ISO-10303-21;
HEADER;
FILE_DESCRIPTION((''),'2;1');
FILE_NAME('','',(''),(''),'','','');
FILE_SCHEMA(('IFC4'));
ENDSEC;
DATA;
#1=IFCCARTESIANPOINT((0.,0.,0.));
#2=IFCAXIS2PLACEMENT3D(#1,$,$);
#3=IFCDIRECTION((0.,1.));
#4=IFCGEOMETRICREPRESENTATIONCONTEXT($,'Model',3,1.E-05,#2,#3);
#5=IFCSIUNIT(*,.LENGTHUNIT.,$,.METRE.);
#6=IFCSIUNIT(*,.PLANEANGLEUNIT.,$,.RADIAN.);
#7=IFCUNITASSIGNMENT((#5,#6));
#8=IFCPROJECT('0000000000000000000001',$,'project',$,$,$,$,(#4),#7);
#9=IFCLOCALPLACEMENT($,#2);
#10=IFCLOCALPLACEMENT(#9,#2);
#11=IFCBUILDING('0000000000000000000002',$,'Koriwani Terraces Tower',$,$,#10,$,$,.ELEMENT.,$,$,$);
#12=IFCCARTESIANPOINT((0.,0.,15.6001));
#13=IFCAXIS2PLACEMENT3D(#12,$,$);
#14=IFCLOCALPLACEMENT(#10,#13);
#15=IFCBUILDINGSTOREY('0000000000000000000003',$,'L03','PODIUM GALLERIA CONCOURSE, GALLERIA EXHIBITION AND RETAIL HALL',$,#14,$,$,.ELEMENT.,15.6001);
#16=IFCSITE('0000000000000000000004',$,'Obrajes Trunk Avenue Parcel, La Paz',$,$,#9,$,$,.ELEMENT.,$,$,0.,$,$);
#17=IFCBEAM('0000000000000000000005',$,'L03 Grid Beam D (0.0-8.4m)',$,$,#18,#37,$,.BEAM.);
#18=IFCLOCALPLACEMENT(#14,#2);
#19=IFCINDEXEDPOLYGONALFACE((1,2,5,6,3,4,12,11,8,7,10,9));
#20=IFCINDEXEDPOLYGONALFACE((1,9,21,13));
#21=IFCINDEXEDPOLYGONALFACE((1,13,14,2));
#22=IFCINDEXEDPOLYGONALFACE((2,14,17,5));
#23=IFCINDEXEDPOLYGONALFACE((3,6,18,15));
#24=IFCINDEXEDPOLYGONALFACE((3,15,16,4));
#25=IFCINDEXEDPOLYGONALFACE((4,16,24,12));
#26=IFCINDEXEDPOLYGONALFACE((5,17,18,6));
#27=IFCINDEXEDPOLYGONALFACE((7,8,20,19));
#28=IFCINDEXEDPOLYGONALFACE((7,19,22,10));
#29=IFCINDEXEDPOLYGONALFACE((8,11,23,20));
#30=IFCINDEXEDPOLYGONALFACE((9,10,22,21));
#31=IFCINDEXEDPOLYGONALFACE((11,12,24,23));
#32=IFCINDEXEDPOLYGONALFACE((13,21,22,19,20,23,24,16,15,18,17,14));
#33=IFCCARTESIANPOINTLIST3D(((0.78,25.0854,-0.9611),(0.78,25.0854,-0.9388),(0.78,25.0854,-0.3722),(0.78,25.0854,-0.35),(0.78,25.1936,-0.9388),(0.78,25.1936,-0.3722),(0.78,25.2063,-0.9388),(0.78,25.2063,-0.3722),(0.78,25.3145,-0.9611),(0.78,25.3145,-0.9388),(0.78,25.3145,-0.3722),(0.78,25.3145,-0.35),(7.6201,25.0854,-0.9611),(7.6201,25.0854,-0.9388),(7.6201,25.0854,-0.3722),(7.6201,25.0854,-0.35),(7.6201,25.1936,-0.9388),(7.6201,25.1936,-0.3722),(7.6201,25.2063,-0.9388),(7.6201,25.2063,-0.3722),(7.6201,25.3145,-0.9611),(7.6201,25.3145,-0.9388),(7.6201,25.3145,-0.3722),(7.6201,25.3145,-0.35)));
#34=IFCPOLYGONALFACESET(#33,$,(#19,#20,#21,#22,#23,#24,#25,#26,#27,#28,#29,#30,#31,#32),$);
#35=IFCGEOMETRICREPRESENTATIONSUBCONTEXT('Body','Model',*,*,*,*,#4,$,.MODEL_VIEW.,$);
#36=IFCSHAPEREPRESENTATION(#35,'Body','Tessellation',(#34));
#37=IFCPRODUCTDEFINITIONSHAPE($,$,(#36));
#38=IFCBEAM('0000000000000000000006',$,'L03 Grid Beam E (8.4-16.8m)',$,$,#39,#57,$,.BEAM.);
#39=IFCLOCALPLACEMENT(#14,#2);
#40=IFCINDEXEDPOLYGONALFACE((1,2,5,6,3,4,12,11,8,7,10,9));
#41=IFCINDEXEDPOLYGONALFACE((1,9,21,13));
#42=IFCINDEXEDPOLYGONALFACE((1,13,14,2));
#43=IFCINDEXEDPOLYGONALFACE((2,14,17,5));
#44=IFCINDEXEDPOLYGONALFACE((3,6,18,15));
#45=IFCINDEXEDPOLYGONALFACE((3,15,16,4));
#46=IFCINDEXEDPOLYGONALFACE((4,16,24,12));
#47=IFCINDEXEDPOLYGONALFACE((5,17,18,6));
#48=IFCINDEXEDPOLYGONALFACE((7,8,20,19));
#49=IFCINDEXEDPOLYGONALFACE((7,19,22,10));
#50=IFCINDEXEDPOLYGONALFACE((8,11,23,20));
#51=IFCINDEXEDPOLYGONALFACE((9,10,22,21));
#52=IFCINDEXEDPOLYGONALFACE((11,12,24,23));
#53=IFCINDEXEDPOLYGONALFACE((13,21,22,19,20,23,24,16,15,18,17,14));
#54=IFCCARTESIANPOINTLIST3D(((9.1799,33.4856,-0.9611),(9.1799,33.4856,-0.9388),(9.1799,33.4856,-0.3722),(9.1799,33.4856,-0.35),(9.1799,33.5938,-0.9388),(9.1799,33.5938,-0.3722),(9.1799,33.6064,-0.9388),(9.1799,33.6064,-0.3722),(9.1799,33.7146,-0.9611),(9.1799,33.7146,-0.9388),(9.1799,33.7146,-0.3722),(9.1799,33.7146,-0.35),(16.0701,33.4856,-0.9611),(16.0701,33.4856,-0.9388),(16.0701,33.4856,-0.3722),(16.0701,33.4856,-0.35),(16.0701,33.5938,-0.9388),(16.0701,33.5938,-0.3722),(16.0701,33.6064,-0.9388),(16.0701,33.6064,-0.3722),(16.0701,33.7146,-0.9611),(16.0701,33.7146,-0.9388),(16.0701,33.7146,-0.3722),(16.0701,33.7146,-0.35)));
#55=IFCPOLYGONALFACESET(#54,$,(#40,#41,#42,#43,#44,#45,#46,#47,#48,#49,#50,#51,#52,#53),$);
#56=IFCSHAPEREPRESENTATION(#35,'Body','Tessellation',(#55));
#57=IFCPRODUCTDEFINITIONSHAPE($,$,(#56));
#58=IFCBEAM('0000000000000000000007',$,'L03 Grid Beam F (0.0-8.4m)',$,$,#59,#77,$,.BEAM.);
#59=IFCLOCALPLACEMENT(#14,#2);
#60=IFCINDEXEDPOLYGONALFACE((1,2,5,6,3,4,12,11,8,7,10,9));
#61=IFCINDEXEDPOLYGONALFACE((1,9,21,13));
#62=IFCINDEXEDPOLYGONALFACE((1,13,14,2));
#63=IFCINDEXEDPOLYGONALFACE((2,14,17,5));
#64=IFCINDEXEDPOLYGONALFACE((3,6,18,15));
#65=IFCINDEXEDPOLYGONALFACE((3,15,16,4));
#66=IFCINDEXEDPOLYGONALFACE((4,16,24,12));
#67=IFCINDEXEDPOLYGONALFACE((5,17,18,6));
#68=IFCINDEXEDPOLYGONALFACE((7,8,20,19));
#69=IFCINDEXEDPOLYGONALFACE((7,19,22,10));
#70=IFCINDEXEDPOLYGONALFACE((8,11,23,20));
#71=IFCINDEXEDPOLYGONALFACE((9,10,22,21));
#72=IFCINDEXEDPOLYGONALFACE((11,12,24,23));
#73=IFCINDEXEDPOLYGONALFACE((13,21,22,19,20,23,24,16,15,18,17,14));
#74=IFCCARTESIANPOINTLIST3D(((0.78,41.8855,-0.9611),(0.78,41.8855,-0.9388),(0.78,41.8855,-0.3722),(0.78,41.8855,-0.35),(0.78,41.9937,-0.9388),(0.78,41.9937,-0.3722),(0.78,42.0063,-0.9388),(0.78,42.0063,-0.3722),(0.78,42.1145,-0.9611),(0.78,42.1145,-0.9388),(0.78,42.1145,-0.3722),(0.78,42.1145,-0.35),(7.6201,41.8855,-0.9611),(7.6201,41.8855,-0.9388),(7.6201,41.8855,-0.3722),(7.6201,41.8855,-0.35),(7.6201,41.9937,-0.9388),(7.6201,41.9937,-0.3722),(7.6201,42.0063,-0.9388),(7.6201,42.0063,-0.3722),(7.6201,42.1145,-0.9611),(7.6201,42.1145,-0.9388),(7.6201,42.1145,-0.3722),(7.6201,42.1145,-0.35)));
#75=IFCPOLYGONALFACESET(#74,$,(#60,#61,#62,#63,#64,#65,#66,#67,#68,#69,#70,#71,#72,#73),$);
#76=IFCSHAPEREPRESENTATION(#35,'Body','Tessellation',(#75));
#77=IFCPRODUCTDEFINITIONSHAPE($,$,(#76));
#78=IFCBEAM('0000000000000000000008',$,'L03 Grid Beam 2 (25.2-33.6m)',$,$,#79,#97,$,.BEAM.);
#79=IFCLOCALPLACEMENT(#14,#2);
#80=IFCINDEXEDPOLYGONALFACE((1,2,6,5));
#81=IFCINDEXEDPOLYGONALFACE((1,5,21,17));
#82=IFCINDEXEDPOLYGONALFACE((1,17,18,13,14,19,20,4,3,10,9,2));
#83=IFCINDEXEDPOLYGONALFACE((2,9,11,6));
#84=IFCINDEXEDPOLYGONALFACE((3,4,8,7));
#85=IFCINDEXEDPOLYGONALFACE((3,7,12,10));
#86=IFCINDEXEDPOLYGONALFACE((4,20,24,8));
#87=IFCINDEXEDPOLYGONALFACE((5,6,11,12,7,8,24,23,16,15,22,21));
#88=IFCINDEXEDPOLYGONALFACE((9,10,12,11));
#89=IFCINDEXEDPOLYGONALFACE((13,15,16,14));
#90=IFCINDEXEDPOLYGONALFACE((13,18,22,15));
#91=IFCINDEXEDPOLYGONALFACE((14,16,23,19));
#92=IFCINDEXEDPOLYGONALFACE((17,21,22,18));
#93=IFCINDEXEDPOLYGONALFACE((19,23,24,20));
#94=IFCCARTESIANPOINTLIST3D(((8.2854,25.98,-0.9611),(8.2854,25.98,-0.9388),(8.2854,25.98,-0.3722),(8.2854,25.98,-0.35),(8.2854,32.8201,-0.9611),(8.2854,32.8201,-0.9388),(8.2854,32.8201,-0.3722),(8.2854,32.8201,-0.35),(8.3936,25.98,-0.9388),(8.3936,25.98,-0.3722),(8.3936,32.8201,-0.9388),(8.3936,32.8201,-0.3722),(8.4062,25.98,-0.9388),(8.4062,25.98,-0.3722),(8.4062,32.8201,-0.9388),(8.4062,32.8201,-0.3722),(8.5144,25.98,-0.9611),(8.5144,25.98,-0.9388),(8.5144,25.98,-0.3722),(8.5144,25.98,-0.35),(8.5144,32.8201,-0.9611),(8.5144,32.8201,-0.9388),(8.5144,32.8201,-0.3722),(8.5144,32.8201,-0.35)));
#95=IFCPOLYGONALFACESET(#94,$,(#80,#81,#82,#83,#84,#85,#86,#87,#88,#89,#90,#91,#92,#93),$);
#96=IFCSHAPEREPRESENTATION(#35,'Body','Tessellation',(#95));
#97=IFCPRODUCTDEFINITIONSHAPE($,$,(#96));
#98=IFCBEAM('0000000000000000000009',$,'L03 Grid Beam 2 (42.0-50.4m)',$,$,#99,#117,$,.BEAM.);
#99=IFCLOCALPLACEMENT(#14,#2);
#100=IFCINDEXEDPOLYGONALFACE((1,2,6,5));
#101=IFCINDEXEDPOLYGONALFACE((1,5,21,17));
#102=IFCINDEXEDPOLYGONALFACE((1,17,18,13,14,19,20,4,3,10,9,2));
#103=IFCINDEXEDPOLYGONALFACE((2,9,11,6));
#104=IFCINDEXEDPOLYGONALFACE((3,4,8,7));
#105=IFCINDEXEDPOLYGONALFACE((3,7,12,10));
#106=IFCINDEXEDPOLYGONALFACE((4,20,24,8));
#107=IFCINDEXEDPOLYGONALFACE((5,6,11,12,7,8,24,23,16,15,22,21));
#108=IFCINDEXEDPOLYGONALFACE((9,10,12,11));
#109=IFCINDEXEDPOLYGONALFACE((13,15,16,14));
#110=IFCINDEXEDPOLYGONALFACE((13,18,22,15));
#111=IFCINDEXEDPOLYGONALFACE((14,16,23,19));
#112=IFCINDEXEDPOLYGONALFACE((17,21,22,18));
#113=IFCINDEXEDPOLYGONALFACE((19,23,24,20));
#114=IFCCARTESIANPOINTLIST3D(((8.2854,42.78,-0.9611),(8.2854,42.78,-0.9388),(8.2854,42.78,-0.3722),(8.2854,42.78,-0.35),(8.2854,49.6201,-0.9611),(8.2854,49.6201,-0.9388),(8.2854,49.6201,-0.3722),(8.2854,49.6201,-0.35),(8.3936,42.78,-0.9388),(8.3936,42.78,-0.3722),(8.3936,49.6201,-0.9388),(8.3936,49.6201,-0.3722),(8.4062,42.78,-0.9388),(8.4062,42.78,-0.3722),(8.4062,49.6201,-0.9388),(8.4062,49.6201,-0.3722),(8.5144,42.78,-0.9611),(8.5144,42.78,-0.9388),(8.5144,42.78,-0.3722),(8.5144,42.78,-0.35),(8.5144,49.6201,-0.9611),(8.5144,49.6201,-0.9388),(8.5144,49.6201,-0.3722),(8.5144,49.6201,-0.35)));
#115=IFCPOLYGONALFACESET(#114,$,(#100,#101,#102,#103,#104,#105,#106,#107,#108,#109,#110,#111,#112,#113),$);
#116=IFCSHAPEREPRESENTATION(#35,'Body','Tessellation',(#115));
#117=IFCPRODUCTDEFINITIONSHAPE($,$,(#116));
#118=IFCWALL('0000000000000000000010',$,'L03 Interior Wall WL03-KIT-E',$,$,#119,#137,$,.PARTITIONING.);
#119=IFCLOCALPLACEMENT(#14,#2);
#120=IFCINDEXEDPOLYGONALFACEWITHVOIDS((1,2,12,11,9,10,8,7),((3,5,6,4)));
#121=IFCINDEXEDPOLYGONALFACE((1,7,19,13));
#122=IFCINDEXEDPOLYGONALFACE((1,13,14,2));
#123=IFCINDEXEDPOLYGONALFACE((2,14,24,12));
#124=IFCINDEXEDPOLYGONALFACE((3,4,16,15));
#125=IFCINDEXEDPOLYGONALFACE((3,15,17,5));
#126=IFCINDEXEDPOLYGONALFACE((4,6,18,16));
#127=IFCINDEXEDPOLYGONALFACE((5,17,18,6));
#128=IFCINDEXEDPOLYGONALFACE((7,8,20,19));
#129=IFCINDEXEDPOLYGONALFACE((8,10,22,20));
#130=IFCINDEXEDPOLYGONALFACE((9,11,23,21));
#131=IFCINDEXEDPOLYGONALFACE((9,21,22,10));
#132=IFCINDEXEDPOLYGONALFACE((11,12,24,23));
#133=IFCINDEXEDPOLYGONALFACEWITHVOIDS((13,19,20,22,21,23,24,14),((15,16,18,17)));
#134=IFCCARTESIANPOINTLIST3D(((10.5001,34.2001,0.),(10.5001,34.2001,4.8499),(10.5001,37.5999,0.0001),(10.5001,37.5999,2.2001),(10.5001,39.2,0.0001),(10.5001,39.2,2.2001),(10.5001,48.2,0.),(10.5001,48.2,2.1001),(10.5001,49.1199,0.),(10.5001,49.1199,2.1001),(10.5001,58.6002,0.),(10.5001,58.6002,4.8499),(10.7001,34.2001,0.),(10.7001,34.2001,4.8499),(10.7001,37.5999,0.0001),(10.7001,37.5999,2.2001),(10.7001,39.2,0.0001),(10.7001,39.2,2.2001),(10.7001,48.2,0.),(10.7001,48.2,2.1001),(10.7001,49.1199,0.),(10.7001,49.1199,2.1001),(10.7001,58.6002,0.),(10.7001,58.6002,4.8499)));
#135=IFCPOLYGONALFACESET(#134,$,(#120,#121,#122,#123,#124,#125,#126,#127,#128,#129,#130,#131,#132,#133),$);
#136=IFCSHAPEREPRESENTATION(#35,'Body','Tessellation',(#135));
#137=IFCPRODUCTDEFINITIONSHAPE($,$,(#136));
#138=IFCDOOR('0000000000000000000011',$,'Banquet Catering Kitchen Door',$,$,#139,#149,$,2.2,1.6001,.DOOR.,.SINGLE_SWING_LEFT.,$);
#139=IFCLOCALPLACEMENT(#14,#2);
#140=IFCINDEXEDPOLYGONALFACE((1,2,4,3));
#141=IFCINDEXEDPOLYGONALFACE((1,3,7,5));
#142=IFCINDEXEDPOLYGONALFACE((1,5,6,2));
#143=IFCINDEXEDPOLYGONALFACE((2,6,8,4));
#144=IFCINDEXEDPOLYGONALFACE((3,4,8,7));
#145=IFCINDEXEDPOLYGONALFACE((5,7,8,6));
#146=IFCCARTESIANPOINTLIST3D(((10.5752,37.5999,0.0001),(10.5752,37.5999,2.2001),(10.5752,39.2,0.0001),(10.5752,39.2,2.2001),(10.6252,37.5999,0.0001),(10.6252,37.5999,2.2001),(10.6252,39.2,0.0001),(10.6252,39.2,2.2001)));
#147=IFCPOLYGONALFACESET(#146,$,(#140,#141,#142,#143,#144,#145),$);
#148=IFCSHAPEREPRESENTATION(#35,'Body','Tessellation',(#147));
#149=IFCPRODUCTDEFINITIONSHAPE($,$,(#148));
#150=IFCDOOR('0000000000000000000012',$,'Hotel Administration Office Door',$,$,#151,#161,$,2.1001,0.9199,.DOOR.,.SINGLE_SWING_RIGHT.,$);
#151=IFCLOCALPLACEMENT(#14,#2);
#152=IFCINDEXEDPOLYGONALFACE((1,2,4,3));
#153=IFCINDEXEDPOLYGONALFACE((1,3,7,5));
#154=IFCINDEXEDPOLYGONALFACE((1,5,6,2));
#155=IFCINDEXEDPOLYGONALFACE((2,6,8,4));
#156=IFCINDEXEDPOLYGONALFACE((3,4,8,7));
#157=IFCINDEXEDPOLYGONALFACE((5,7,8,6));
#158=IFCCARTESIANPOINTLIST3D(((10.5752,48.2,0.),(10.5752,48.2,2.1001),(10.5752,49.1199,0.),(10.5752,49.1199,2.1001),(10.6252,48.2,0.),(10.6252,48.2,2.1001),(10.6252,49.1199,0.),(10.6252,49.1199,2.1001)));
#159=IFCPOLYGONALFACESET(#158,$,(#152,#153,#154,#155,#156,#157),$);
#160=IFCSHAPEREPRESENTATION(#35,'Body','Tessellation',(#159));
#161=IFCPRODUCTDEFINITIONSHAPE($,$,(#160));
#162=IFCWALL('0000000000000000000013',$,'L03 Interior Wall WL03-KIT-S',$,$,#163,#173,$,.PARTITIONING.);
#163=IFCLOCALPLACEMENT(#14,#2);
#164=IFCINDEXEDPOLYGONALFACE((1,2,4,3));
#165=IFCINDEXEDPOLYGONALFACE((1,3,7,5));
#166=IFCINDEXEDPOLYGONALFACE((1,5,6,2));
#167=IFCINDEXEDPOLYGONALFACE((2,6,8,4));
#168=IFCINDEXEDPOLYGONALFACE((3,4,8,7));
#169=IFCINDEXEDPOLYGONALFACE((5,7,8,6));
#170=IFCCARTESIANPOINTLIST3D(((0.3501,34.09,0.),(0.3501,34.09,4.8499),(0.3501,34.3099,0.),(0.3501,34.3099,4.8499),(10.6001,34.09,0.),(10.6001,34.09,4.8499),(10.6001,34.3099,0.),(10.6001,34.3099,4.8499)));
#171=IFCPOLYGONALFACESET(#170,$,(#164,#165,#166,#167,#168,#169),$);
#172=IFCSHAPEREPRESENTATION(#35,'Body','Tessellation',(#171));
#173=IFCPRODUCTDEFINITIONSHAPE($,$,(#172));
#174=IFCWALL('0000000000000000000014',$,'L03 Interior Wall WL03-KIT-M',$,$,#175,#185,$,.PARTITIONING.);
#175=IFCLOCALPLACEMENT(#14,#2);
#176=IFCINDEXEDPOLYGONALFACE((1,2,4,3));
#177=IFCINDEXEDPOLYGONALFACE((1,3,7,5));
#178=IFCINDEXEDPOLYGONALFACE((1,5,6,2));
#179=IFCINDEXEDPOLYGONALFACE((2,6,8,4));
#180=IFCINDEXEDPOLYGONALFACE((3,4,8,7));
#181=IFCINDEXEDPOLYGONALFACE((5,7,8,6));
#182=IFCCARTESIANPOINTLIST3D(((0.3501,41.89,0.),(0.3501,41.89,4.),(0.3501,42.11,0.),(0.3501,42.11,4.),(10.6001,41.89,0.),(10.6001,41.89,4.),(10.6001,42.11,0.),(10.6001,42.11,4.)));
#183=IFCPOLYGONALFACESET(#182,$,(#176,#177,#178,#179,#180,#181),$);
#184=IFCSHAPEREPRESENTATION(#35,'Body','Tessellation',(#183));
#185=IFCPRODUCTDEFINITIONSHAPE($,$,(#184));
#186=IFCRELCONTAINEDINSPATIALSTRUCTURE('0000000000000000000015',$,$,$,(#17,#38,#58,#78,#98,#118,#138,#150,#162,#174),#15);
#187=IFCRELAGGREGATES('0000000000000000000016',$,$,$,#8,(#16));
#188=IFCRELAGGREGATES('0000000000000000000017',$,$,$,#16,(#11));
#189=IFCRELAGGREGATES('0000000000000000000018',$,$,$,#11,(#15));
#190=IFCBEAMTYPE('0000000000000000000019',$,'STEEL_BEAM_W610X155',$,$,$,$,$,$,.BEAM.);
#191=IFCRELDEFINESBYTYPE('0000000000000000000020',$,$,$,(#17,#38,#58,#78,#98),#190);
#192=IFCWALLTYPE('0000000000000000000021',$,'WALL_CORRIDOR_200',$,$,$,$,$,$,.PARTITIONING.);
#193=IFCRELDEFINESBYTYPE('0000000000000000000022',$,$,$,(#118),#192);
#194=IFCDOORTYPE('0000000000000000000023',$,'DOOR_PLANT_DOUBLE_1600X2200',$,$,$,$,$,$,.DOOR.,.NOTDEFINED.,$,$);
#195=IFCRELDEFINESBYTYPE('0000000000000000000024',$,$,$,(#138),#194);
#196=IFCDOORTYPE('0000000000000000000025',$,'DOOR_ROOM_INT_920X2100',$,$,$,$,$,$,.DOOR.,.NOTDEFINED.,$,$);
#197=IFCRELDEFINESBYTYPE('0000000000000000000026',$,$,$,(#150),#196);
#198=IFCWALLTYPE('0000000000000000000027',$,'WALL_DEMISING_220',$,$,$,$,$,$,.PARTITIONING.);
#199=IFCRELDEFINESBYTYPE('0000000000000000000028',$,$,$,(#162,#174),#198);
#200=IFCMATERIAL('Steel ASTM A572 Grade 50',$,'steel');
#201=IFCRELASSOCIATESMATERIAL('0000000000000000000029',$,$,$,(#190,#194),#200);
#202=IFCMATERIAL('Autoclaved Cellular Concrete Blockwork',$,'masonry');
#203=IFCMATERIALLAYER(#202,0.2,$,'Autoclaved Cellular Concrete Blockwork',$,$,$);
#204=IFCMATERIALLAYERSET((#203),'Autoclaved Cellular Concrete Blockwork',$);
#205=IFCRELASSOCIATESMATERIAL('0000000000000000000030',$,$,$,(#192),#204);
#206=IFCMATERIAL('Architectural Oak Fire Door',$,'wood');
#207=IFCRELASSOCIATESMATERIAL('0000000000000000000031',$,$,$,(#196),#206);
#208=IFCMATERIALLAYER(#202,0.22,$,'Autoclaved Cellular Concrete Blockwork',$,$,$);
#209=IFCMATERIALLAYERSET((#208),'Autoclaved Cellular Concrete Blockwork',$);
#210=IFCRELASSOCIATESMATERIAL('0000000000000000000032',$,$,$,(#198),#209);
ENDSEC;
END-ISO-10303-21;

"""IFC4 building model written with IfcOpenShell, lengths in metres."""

from ifc_helpers import new_model, si_unit, direction, frame, frame_2d, origin, origin_2d, place, context, subcontext, project, spatial, rectangle, i_section, extrude, material, layer, layer_set, material_profile, profile_set, type_object, element, fill, save


model = new_model("IFC4")

# Units and contexts
model_context = context("Model", 3, precision=1e-05, world=origin(), true_north=direction((0.0, 1.0)))
body_context = subcontext(model_context, "Body", "Model", "MODEL_VIEW")
ifc_project = project(units=[si_unit("LENGTHUNIT", "METRE"), si_unit("PLANEANGLEUNIT", "RADIAN")], contexts=[model_context])

# Site, building, storey
site_placement = place(None, origin())
site = spatial("IfcSite", under=ifc_project, at=site_placement, Name="Obrajes Trunk Avenue Parcel, La Paz", CompositionType="ELEMENT", RefElevation=0.0)
building_placement = place(site_placement, origin())
building = spatial("IfcBuilding", under=site, at=building_placement, Name="Koriwani Terraces Tower", CompositionType="ELEMENT")
storey_placement = place(building_placement, frame((0.0, 0.0, 15.6001)))
storey = spatial("IfcBuildingStorey", under=building, at=storey_placement, Name="L03", Description="PODIUM GALLERIA CONCOURSE, GALLERIA EXHIBITION AND RETAIL HALL", CompositionType="ELEMENT", Elevation=15.6001)

# Beams
ifc_material_1 = material(Name="Steel ASTM A572 Grade 50", Category="steel")
ifc_material_profile_1 = material_profile(ifc_material_1, i_section(OverallWidth=0.229, OverallDepth=0.6111, WebThickness=0.0127, FlangeThickness=0.0222, at=origin_2d()), Name="Steel ASTM A572 Grade 50", Category="LoadBearing")
ifc_profile_set_1 = profile_set([ifc_material_profile_1], Name="Steel ASTM A572 Grade 50")
beam_type_1 = type_object("IfcBeamType", Name="STEEL_BEAM_W610X155", PredefinedType="BEAM", material=ifc_profile_set_1)
beam_1_placement = place(storey_placement, frame((0.78, 25.2, -0.6555), z_axis=(1.0, 0.0, 0.0), x_axis=(0.0, 1.0, 0.0)))
element("IfcBeam", 1, at=beam_1_placement, inside=storey, type_object=beam_type_1, Name="L03 Grid Beam D (0.0-8.4m)", PredefinedType="BEAM", context=body_context, shape_type="SweptSolid", body=[
    extrude(i_section(OverallWidth=0.229, OverallDepth=0.6111, WebThickness=0.0127, FlangeThickness=0.0222, at=origin_2d()), origin(), (0.0, 0.0, 1.0), 6.8401),
])
beam_2_placement = place(storey_placement, frame((9.1799, 33.6001, -0.6555), z_axis=(1.0, 0.0, 0.0), x_axis=(0.0, 1.0, 0.0)))
element("IfcBeam", 2, at=beam_2_placement, inside=storey, type_object=beam_type_1, Name="L03 Grid Beam E (8.4-16.8m)", PredefinedType="BEAM", context=body_context, shape_type="SweptSolid", body=[
    extrude(i_section(OverallWidth=0.229, OverallDepth=0.6111, WebThickness=0.0127, FlangeThickness=0.0222, at=origin_2d()), origin(), (0.0, 0.0, 1.0), 6.8901),
])
for number, where, z_axis, x_axis, name in (
    (3, (0.78, 42.0, -0.6555), (1.0, 0.0, 0.0), (0.0, 1.0, 0.0), "L03 Grid Beam F (0.0-8.4m)"),
    (4, (8.3999, 25.98, -0.6555), (0.0, 1.0, 0.0), (-1.0, 0.0, 0.0), "L03 Grid Beam 2 (25.2-33.6m)"),
    (5, (8.3999, 42.78, -0.6555), (0.0, 1.0, 0.0), (-1.0, 0.0, 0.0), "L03 Grid Beam 2 (42.0-50.4m)"),
):
    element("IfcBeam", number, at=place(storey_placement, frame(where, z_axis=z_axis, x_axis=x_axis)), inside=storey, type_object=beam_type_1, Name=name, PredefinedType="BEAM", context=body_context, shape_type="SweptSolid", body=[
        extrude(i_section(OverallWidth=0.229, OverallDepth=0.6111, WebThickness=0.0127, FlangeThickness=0.0222, at=origin_2d()), origin(), (0.0, 0.0, 1.0), 6.8401),
    ])

# Wall, openings, doors
ifc_material_2 = material(Name="Autoclaved Cellular Concrete Blockwork", Category="masonry")
ifc_layer_1 = layer(ifc_material_2, 0.2, Name="Autoclaved Cellular Concrete Blockwork")
ifc_layer_set_1 = layer_set([ifc_layer_1], Name="Autoclaved Cellular Concrete Blockwork")
wall_type_1 = type_object("IfcWallType", Name="WALL_CORRIDOR_200", PredefinedType="PARTITIONING", material=ifc_layer_set_1)
wall_1_placement = place(storey_placement, frame((10.6001, 34.2, 0.0), z_axis=(0.0, 0.0, 1.0), x_axis=(0.0, 1.0, 0.0)))
wall_1 = element("IfcWall", 6, at=wall_1_placement, inside=storey, type_object=wall_type_1, Name="L03 Interior Wall WL03-KIT-E", PredefinedType="PARTITIONING", context=body_context, shape_type="SweptSolid", body=[
    extrude(rectangle(XDim=24.4001, YDim=0.2, at=frame_2d((12.2002, 0.0))), origin(), (0.0, 0.0, 1.0), 4.8499),
])
opening_1_placement = place(wall_1_placement, frame((3.3999, 0.0, 0.0)))
opening_1 = element("IfcOpeningElement", 7, at=opening_1_placement, cuts=wall_1, PredefinedType="OPENING", context=body_context, shape_type="SweptSolid", body=[
    extrude(rectangle(XDim=1.6001, YDim=2.2, at=frame_2d((0.8, 1.1001))), frame((0.0, 0.1099, 0.0), z_axis=(0.0, -1.0, 0.0), x_axis=(1.0, 0.0, 0.0)), (0.0, 0.0, 1.0), 0.22),
])
opening_2_placement = place(wall_1_placement, frame((14.0, 0.0, 0.0)))
opening_2 = element("IfcOpeningElement", 8, at=opening_2_placement, cuts=wall_1, PredefinedType="OPENING", context=body_context, shape_type="SweptSolid", body=[
    extrude(rectangle(XDim=0.9199, YDim=2.1001, at=frame_2d((0.46, 1.05))), frame((0.0, 0.1099, 0.0), z_axis=(0.0, -1.0, 0.0), x_axis=(1.0, 0.0, 0.0)), (0.0, 0.0, 1.0), 0.22),
])
door_type_1 = type_object("IfcDoorType", Name="DOOR_PLANT_DOUBLE_1600X2200", OperationType="NOTDEFINED", PredefinedType="DOOR", material=ifc_material_1)
door_1_placement = place(opening_1_placement, origin())
door_1 = element("IfcDoor", 9, at=door_1_placement, inside=storey, type_object=door_type_1, Name="Banquet Catering Kitchen Door", OperationType="SINGLE_SWING_LEFT", OverallHeight=2.2, OverallWidth=1.6001, PredefinedType="DOOR", context=body_context, shape_type="SweptSolid", body=[
    extrude(rectangle(XDim=1.6001, YDim=2.2, at=frame_2d((0.8, 1.1001))), frame((0.0, 0.0249, 0.0), z_axis=(0.0, -1.0, 0.0), x_axis=(1.0, 0.0, 0.0)), (0.0, 0.0, 1.0), 0.05),
])
fill(opening_1, door_1)
ifc_material_3 = material(Name="Architectural Oak Fire Door", Category="wood")
door_type_2 = type_object("IfcDoorType", Name="DOOR_ROOM_INT_920X2100", OperationType="NOTDEFINED", PredefinedType="DOOR", material=ifc_material_3)
door_2_placement = place(opening_2_placement, origin())
door_2 = element("IfcDoor", 10, at=door_2_placement, inside=storey, type_object=door_type_2, Name="Hotel Administration Office Door", OperationType="SINGLE_SWING_RIGHT", OverallHeight=2.1001, OverallWidth=0.9199, PredefinedType="DOOR", context=body_context, shape_type="SweptSolid", body=[
    extrude(rectangle(XDim=0.9199, YDim=2.1001, at=frame_2d((0.46, 1.05))), frame((0.0, 0.0249, 0.0), z_axis=(0.0, -1.0, 0.0), x_axis=(1.0, 0.0, 0.0)), (0.0, 0.0, 1.0), 0.05),
])
fill(opening_2, door_2)

# Walls
ifc_layer_2 = layer(ifc_material_2, 0.22, Name="Autoclaved Cellular Concrete Blockwork")
ifc_layer_set_2 = layer_set([ifc_layer_2], Name="Autoclaved Cellular Concrete Blockwork")
wall_type_2 = type_object("IfcWallType", Name="WALL_DEMISING_220", PredefinedType="PARTITIONING", material=ifc_layer_set_2)
wall_2_placement = place(storey_placement, frame((0.3501, 34.2, 0.0), z_axis=(0.0, 0.0, 1.0), x_axis=(1.0, 0.0, 0.0)))
element("IfcWall", 11, at=wall_2_placement, inside=storey, type_object=wall_type_2, Name="L03 Interior Wall WL03-KIT-S", PredefinedType="PARTITIONING", context=body_context, shape_type="SweptSolid", body=[
    extrude(rectangle(XDim=10.25, YDim=0.22, at=frame_2d((5.125, 0.0))), origin(), (0.0, 0.0, 1.0), 4.8499),
])
wall_3_placement = place(storey_placement, frame((0.3501, 42.0, 0.0), z_axis=(0.0, 0.0, 1.0), x_axis=(1.0, 0.0, 0.0)))
element("IfcWall", 12, at=wall_3_placement, inside=storey, type_object=wall_type_2, Name="L03 Interior Wall WL03-KIT-M", PredefinedType="PARTITIONING", context=body_context, shape_type="SweptSolid", body=[
    extrude(rectangle(XDim=10.25, YDim=0.22, at=frame_2d((5.125, 0.0))), origin(), (0.0, 0.0, 1.0), 4.0),
])

save(model, "model.ifc")
